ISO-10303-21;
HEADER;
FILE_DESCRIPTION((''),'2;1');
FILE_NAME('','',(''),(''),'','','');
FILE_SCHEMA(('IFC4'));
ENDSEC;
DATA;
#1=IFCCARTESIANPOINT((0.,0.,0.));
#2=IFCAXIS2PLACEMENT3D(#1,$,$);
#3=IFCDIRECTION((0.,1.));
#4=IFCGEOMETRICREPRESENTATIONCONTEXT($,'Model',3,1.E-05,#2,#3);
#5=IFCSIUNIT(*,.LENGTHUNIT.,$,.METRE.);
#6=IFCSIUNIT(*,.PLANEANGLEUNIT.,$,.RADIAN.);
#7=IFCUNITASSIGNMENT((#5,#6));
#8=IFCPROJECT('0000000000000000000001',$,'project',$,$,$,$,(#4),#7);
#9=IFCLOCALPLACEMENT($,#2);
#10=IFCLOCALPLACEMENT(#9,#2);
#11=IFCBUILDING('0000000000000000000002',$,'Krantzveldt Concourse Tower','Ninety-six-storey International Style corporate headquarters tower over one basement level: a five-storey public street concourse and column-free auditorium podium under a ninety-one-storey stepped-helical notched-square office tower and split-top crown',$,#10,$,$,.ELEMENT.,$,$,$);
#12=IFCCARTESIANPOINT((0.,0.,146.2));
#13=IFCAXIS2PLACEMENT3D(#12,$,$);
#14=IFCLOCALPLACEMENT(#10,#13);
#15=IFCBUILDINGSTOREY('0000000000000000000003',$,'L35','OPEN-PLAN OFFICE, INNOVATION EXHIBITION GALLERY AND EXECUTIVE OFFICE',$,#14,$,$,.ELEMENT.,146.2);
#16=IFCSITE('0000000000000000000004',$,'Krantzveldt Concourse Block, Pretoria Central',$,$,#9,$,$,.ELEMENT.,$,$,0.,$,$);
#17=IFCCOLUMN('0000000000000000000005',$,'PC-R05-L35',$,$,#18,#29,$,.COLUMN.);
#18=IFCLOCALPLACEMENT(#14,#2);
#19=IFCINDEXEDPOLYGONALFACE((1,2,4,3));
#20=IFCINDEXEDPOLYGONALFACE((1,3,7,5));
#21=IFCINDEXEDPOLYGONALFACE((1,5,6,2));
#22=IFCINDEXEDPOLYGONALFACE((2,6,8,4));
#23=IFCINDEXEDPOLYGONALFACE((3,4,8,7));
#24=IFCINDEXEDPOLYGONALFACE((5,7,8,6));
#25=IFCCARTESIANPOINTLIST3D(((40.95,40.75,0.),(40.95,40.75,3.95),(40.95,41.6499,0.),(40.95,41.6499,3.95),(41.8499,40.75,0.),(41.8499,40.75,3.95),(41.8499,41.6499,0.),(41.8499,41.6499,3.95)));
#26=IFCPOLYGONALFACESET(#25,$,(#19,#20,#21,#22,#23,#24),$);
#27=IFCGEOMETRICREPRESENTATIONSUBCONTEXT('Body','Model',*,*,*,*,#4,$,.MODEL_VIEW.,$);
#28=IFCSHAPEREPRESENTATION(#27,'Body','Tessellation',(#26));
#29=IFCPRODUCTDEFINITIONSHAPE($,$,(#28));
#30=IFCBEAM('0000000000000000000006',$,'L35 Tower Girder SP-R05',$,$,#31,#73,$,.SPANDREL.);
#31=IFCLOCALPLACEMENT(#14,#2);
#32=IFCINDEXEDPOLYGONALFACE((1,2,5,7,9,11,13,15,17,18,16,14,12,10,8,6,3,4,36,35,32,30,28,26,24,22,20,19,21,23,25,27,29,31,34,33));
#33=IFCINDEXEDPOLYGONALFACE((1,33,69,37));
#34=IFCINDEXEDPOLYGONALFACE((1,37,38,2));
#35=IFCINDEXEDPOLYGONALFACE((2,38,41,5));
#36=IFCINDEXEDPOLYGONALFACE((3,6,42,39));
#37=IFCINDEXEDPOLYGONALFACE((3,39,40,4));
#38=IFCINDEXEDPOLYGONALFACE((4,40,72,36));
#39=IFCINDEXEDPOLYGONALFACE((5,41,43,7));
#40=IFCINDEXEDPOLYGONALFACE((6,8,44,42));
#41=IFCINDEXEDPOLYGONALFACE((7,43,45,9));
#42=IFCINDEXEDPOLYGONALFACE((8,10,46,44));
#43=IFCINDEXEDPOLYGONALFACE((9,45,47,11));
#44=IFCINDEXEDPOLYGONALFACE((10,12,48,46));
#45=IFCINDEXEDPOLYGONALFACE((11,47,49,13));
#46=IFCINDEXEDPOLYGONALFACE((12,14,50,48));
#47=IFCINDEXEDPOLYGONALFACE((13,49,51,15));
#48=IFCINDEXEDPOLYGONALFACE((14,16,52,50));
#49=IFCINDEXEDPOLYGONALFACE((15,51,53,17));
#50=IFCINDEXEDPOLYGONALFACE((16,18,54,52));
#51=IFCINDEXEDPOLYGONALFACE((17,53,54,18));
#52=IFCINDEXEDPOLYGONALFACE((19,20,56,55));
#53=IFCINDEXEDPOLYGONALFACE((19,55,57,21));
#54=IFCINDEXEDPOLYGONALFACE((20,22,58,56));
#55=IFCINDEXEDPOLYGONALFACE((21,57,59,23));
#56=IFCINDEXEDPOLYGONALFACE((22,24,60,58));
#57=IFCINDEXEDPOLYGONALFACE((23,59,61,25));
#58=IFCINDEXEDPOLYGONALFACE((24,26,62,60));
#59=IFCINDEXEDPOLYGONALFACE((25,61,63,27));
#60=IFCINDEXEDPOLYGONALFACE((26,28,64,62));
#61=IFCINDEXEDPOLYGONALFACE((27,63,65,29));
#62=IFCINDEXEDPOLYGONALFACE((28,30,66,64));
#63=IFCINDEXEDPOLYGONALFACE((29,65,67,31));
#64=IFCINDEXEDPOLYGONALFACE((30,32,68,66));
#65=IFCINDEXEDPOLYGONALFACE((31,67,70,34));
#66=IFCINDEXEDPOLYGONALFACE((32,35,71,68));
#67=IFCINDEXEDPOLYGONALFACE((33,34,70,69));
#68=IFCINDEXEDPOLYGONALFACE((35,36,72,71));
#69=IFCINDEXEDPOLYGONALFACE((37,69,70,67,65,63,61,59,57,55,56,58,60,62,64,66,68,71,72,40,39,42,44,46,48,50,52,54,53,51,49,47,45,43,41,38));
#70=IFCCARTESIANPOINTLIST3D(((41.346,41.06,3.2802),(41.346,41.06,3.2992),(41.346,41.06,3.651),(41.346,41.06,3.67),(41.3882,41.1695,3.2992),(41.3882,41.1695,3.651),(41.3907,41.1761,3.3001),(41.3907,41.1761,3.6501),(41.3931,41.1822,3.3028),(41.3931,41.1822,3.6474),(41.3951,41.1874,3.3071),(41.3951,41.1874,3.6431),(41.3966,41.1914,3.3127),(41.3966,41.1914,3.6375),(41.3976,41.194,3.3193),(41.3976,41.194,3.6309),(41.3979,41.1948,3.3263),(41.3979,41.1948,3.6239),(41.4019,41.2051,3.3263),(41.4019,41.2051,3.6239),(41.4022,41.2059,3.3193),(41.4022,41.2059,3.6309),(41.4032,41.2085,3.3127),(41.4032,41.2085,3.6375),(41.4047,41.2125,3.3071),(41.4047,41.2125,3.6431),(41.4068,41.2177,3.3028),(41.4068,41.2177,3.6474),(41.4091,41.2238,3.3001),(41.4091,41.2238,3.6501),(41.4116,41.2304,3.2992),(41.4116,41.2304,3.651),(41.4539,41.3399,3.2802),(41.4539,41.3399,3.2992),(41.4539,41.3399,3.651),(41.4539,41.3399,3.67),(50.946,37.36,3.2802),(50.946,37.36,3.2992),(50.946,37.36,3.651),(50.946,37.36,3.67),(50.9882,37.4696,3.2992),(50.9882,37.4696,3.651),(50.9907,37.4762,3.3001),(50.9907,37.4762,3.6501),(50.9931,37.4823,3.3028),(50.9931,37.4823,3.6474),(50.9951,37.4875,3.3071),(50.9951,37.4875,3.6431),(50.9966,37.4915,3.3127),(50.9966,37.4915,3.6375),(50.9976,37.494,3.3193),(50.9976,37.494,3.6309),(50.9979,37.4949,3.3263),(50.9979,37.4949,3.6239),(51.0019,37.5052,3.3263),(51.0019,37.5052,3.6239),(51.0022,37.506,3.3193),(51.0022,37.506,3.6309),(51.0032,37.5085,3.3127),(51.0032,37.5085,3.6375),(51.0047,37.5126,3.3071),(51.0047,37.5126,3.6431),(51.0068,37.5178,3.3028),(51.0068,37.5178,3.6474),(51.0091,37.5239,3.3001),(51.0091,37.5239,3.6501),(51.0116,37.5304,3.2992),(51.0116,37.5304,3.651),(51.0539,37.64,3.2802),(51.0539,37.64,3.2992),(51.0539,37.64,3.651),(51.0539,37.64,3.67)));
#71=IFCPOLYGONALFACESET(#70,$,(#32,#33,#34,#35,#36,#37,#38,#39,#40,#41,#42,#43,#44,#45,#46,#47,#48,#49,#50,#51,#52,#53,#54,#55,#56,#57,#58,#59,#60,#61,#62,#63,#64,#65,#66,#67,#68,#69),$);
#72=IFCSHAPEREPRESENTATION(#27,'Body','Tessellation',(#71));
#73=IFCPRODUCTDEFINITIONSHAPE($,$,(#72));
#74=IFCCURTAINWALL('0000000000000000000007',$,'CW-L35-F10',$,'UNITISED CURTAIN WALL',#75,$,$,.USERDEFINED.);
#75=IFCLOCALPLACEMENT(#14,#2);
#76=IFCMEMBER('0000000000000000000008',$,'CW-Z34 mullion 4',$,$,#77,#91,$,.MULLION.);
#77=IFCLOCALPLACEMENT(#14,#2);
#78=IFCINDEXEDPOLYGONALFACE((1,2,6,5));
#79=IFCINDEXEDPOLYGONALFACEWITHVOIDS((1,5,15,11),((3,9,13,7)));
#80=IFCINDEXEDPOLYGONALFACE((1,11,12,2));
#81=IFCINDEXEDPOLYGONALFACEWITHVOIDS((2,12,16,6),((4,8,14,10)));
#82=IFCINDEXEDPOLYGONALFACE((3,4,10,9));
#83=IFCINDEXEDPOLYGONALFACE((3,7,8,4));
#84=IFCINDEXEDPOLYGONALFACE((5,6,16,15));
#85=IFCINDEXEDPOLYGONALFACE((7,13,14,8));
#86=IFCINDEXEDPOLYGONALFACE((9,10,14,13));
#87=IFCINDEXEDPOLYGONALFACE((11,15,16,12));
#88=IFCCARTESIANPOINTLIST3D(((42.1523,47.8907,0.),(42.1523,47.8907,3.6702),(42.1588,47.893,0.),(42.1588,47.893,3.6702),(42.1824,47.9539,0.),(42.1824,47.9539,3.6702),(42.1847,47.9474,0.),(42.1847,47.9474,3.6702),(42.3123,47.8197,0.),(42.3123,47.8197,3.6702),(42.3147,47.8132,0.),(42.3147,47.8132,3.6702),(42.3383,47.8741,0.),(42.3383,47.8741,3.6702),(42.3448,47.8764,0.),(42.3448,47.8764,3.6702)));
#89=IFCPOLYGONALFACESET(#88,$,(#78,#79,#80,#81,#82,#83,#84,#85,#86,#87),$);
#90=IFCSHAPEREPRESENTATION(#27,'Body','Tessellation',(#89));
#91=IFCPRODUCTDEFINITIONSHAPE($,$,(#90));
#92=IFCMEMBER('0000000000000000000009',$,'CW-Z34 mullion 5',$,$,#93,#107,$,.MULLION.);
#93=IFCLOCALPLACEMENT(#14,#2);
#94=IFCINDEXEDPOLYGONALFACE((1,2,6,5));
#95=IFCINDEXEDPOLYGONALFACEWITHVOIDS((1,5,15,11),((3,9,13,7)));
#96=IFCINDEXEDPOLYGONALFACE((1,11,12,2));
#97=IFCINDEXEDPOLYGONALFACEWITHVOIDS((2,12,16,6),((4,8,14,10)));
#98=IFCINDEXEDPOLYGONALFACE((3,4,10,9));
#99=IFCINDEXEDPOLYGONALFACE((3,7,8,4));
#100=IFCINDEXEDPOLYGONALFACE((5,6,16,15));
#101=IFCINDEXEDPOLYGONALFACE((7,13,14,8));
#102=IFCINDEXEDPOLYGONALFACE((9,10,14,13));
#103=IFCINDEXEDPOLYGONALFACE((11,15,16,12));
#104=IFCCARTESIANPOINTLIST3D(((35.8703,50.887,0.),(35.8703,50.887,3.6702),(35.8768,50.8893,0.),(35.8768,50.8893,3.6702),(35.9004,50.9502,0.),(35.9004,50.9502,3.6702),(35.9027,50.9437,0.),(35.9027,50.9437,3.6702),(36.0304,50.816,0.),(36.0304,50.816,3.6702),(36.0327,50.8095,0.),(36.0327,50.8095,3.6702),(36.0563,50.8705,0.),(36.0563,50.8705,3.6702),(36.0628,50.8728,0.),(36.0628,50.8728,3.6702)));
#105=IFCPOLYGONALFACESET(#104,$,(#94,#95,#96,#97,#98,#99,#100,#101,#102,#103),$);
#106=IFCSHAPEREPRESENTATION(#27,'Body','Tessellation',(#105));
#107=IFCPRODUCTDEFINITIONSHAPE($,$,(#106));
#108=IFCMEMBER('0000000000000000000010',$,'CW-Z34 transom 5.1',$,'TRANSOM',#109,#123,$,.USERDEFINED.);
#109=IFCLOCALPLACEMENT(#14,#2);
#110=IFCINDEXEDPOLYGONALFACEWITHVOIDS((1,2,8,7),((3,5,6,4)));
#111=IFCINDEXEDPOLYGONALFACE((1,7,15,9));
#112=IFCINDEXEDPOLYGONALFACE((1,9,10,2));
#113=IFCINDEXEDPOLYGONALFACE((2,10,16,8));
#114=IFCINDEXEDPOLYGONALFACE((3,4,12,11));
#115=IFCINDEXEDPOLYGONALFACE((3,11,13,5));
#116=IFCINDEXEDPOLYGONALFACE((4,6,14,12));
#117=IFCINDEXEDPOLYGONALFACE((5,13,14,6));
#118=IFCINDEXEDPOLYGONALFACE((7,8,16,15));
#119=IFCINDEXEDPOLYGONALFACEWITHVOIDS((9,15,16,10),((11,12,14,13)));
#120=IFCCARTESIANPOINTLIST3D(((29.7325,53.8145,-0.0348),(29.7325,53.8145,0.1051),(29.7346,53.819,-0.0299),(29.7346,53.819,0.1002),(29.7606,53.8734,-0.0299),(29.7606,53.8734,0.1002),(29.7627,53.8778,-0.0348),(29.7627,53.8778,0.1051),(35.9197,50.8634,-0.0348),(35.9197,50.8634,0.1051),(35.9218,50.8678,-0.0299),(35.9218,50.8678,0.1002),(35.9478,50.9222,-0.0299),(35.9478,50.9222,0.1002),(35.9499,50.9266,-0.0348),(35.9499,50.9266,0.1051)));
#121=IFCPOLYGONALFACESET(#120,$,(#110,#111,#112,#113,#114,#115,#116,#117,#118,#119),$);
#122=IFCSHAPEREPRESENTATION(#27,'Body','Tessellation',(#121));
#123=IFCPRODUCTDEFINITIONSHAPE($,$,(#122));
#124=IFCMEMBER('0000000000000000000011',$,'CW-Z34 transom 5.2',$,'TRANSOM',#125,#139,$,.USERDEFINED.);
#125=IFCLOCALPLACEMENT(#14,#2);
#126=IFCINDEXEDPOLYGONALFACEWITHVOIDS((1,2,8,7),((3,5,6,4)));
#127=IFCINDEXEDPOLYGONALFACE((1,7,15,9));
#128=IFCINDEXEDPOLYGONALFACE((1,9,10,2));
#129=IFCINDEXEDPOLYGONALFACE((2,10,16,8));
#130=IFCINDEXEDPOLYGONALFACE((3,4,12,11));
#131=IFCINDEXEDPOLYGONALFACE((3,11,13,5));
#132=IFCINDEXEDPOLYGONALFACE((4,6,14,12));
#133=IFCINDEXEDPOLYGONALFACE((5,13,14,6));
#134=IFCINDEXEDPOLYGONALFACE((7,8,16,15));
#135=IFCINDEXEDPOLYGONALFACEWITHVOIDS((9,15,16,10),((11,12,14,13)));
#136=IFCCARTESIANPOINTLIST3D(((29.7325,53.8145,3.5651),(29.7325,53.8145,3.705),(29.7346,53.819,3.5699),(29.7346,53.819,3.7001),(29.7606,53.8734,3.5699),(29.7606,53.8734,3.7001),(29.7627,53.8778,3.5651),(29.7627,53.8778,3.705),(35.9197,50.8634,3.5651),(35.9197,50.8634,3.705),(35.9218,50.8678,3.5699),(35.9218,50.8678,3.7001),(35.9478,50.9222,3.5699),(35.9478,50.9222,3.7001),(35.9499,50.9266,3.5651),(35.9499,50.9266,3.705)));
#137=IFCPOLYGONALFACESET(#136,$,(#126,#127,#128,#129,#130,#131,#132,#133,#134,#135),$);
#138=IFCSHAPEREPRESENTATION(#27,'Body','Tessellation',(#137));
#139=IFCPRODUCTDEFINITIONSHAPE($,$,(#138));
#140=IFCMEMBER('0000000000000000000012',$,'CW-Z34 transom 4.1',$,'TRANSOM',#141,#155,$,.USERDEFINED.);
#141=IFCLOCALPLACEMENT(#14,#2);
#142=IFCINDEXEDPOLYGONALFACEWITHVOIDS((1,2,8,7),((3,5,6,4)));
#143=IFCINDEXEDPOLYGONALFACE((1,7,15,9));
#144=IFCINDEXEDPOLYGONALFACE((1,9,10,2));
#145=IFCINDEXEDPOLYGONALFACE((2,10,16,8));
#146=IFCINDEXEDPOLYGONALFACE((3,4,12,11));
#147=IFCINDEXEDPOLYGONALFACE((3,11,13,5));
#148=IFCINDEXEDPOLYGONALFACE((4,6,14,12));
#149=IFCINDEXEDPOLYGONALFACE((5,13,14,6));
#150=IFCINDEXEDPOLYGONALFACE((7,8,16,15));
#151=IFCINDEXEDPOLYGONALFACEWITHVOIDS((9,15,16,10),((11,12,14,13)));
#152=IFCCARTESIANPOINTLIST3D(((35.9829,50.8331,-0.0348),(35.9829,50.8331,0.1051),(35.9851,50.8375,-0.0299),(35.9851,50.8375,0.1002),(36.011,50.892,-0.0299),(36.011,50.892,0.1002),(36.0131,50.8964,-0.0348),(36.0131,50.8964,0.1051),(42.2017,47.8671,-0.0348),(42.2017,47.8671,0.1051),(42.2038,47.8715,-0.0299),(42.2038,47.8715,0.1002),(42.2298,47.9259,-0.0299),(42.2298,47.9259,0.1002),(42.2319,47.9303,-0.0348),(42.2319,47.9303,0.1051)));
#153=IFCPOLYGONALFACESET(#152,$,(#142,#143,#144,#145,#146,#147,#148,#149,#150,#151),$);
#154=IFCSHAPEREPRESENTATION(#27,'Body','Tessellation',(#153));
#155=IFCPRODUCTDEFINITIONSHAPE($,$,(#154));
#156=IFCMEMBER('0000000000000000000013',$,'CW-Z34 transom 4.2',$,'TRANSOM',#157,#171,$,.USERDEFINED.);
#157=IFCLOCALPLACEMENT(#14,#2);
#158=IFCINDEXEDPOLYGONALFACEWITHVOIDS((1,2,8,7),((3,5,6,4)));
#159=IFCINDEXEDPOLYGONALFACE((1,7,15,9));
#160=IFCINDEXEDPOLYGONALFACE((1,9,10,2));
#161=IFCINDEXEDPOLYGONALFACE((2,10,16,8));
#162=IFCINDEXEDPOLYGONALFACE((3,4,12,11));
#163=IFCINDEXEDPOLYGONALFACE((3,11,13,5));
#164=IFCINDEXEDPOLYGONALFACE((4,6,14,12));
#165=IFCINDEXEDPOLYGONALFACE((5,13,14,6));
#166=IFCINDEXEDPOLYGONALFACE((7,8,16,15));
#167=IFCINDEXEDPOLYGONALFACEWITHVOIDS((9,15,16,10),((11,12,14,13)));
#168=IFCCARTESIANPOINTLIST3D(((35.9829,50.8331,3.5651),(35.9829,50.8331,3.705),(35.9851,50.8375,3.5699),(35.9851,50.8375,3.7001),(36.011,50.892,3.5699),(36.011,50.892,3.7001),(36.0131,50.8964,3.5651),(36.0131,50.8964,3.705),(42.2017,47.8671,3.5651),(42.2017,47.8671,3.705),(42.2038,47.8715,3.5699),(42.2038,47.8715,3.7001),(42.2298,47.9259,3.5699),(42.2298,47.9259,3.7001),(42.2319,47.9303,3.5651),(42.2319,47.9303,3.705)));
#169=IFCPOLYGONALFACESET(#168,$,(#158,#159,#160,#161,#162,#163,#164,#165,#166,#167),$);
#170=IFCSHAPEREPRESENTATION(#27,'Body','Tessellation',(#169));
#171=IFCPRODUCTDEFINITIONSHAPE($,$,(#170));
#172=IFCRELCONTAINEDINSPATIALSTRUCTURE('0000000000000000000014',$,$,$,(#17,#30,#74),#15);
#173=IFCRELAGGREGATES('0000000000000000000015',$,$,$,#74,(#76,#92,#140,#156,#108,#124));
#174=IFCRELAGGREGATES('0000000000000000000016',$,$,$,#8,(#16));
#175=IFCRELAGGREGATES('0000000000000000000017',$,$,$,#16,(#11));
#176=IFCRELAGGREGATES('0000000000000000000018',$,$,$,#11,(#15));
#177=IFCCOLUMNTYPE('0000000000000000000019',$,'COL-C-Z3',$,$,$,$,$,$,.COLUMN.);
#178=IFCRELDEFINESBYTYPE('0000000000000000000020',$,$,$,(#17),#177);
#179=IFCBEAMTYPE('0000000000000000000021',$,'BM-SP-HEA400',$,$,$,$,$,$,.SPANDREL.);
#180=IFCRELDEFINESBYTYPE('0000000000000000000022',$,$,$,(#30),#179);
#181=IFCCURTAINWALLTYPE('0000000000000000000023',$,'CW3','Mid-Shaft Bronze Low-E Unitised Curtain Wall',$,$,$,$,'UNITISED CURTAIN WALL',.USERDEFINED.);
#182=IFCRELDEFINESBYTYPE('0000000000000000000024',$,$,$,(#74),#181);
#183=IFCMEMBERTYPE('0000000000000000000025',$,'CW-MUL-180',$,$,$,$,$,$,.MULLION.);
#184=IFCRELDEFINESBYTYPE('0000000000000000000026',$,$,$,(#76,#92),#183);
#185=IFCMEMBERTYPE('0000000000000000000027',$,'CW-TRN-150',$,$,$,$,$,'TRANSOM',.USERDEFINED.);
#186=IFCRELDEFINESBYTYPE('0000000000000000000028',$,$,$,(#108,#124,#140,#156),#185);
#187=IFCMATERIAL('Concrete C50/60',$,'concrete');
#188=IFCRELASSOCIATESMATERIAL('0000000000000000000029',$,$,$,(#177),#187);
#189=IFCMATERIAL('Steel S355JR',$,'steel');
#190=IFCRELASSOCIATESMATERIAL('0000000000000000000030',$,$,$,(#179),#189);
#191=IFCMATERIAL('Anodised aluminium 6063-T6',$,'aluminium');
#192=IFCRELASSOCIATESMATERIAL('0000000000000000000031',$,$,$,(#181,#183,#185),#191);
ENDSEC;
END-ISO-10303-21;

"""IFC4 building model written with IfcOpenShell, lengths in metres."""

from ifc_helpers import new_model, si_unit, direction, frame, origin, origin_2d, place, context, subcontext, project, spatial, rectangle, hollow_rectangle, i_section, extrude, source, transform, mapped, material, material_profile, profile_set, type_object, type_shapes, element, aggregate, save


model = new_model("IFC4")

# Units and contexts
model_context = context("Model", 3, precision=1e-05, world=origin(), true_north=direction((0.0, 1.0)))
body_context = subcontext(model_context, "Body", "Model", "MODEL_VIEW")
ifc_project = project(units=[si_unit("LENGTHUNIT", "METRE"), si_unit("PLANEANGLEUNIT", "RADIAN")], contexts=[model_context])

# Site, building, storey
site_placement = place(None, origin())
site = spatial("IfcSite", under=ifc_project, at=site_placement, Name="Krantzveldt Concourse Block, Pretoria Central", CompositionType="ELEMENT", RefElevation=0.0)
building_placement = place(site_placement, origin())
building = spatial("IfcBuilding", under=site, at=building_placement, Name="Krantzveldt Concourse Tower", Description="Ninety-six-storey International Style corporate headquarters tower over one basement level: a five-storey public street concourse and column-free auditorium podium under a ninety-one-storey stepped-helical notched-square office tower and split-top crown", CompositionType="ELEMENT")
storey_placement = place(building_placement, frame((0.0, 0.0, 146.2)))
storey = spatial("IfcBuildingStorey", under=building, at=storey_placement, Name="L35", Description="OPEN-PLAN OFFICE, INNOVATION EXHIBITION GALLERY AND EXECUTIVE OFFICE", CompositionType="ELEMENT", Elevation=146.2)

# Column
ifc_material_1 = material(Name="Concrete C50/60", Category="concrete")
ifc_material_profile_1 = material_profile(ifc_material_1, rectangle(XDim=0.8999, YDim=0.8999, at=origin_2d()), Name="Concrete C50/60", Category="concrete")
ifc_profile_set_1 = profile_set([ifc_material_profile_1], Name="Concrete C50/60 - RC 900x900")
column_type = type_object("IfcColumnType", Name="COL-C-Z3", PredefinedType="COLUMN", material=ifc_profile_set_1)
shared_shape_1 = source(origin(), body_context, "Body", "SweptSolid", [
    extrude(rectangle(XDim=0.8999, YDim=0.8999, at=origin_2d()), origin(), (0.0, 0.0, 1.0), 3.95),
])
type_shapes(column_type, [shared_shape_1])
column_placement = place(storey_placement, frame((41.3999, 41.2, 0.0), z_axis=(0.0, 0.0, 1.0), x_axis=(1.0, 0.0, 0.0)))
element("IfcColumn", 1, at=column_placement, inside=storey, type_object=column_type, Name="PC-R05-L35", PredefinedType="COLUMN", context=body_context, shape_type="MappedRepresentation", body=[
    mapped(shared_shape_1, transform((0.0, 0.0, 0.0), x_axis=(1.0, 0.0, 0.0), y_axis=(0.0, 1.0, 0.0), z_axis=(0.0, 0.0, 1.0), scale=1.0)),
])

# Beam
ifc_material_2 = material(Name="Steel S355JR", Category="steel")
ifc_material_profile_2 = material_profile(ifc_material_2, i_section(OverallWidth=0.3, OverallDepth=0.3899, WebThickness=0.011, FlangeThickness=0.019, FilletRadius=0.0271, at=origin_2d()), Name="Steel S355JR", Category="steel")
ifc_profile_set_2 = profile_set([ifc_material_profile_2], Name="Steel S355JR - HEA 400")
beam_type = type_object("IfcBeamType", Name="BM-SP-HEA400", PredefinedType="SPANDREL", material=ifc_profile_set_2)
shared_shape_2 = source(origin(), body_context, "Body", "SweptSolid", [
    extrude(i_section(OverallWidth=0.3, OverallDepth=0.3899, WebThickness=0.011, FlangeThickness=0.019, FilletRadius=0.0271, at=origin_2d()), origin(), (0.0, 0.0, 1.0), 10.2883),
])
type_shapes(beam_type, [shared_shape_2])
beam_placement = place(storey_placement, frame((41.3999, 41.2, 3.4751), z_axis=(0.933098, -0.359623, 0.0), x_axis=(0.359623, 0.933098, 0.0)))
element("IfcBeam", 2, at=beam_placement, inside=storey, type_object=beam_type, Name="L35 Tower Girder SP-R05", PredefinedType="SPANDREL", context=body_context, shape_type="MappedRepresentation", body=[
    mapped(shared_shape_2, transform((0.0, 0.0, 0.0), x_axis=(1.0, 0.0, 0.0), y_axis=(0.0, 1.0, 0.0), z_axis=(0.0, 0.0, 1.0), scale=1.0)),
])

# Curtain wall, members
ifc_material_3 = material(Name="Anodised aluminium 6063-T6", Category="aluminium")
curtain_wall_type = type_object("IfcCurtainWallType", Name="CW3", Description="Mid-Shaft Bronze Low-E Unitised Curtain Wall", ElementType="UNITISED CURTAIN WALL", PredefinedType="USERDEFINED", material=ifc_material_3)
curtain_wall_placement = place(storey_placement, origin())
curtain_wall = element("IfcCurtainWall", 3, at=curtain_wall_placement, inside=storey, type_object=curtain_wall_type, Name="CW-L35-F10", ObjectType="UNITISED CURTAIN WALL", PredefinedType="USERDEFINED")
ifc_material_profile_3 = material_profile(ifc_material_3, hollow_rectangle(XDim=0.0701, YDim=0.1799, WallThickness=0.0049, at=origin_2d()), Name="Anodised aluminium 6063-T6", Category="aluminium")
ifc_profile_set_3 = profile_set([ifc_material_profile_3], Name="Anodised aluminium 6063-T6 - ALU-MULL 180x70x5")
member_type_1 = type_object("IfcMemberType", Name="CW-MUL-180", PredefinedType="MULLION", material=ifc_profile_set_3)
shared_shape_3 = source(origin(), body_context, "Body", "SweptSolid", [
    extrude(hollow_rectangle(XDim=0.0701, YDim=0.1799, WallThickness=0.0049, at=origin_2d()), origin(), (0.0, 0.0, 1.0), 3.6702),
])
type_shapes(member_type_1, [shared_shape_3])
member_1_placement = place(storey_placement, frame((42.2485, 47.8835, 0.0), z_axis=(0.0, 0.0, 1.0), x_axis=(-0.430511, -0.902585, 0.0)))
member_1 = element("IfcMember", 4, at=member_1_placement, type_object=member_type_1, Name="CW-Z34 mullion 4", PredefinedType="MULLION", context=body_context, shape_type="MappedRepresentation", body=[
    mapped(shared_shape_3, transform((0.0, 0.0, 0.0), x_axis=(1.0, 0.0, 0.0), y_axis=(0.0, 1.0, 0.0), z_axis=(0.0, 0.0, 1.0), scale=1.0)),
])
member_2_placement = place(storey_placement, frame((35.9666, 50.8799, 0.0), z_axis=(0.0, 0.0, 1.0), x_axis=(-0.430511, -0.902585, 0.0)))
member_2 = element("IfcMember", 5, at=member_2_placement, type_object=member_type_1, Name="CW-Z34 mullion 5", PredefinedType="MULLION", context=body_context, shape_type="MappedRepresentation", body=[
    mapped(shared_shape_3, transform((0.0, 0.0, 0.0), x_axis=(1.0, 0.0, 0.0), y_axis=(0.0, 1.0, 0.0), z_axis=(0.0, 0.0, 1.0), scale=1.0)),
])
ifc_material_profile_4 = material_profile(ifc_material_3, hollow_rectangle(XDim=0.0701, YDim=0.1399, WallThickness=0.0049, at=origin_2d()), Name="Anodised aluminium 6063-T6", Category="aluminium")
ifc_profile_set_4 = profile_set([ifc_material_profile_4], Name="Anodised aluminium 6063-T6 - ALU-TRAN 140x70x5")
member_type_2 = type_object("IfcMemberType", Name="CW-TRN-150", ElementType="TRANSOM", PredefinedType="USERDEFINED", material=ifc_profile_set_4)
shared_shape_4 = source(origin(), body_context, "Body", "SweptSolid", [
    extrude(hollow_rectangle(XDim=0.0701, YDim=0.1399, WallThickness=0.0049, at=origin_2d()), origin(), (0.0, 0.0, 1.0), 6.855),
])
member_3_placement = place(storey_placement, frame((35.9348, 50.895, 0.0352), z_axis=(-0.902585, 0.430511, 0.0), x_axis=(-0.430511, -0.902585, 0.0)))
member_3 = element("IfcMember", 6, at=member_3_placement, type_object=member_type_2, Name="CW-Z34 transom 5.1", ObjectType="TRANSOM", PredefinedType="USERDEFINED", context=body_context, shape_type="MappedRepresentation", body=[
    mapped(shared_shape_4, transform((0.0, 0.0, 0.0), x_axis=(1.0, 0.0, 0.0), y_axis=(0.0, 1.0, 0.0), z_axis=(0.0, 0.0, 1.0), scale=1.0)),
])
member_4_placement = place(storey_placement, frame((35.9348, 50.895, 3.635), z_axis=(-0.902585, 0.430511, 0.0), x_axis=(-0.430511, -0.902585, 0.0)))
member_4 = element("IfcMember", 7, at=member_4_placement, type_object=member_type_2, Name="CW-Z34 transom 5.2", ObjectType="TRANSOM", PredefinedType="USERDEFINED", context=body_context, shape_type="MappedRepresentation", body=[
    mapped(shared_shape_4, transform((0.0, 0.0, 0.0), x_axis=(1.0, 0.0, 0.0), y_axis=(0.0, 1.0, 0.0), z_axis=(0.0, 0.0, 1.0), scale=1.0)),
])
shared_shape_5 = source(origin(), body_context, "Body", "SweptSolid", [
    extrude(hollow_rectangle(XDim=0.0701, YDim=0.1399, WallThickness=0.0049, at=origin_2d()), origin(), (0.0, 0.0, 1.0), 6.8899),
])
type_shapes(member_type_2, [shared_shape_4, shared_shape_5])
member_5_placement = place(storey_placement, frame((42.2168, 47.8987, 0.0352), z_axis=(-0.902592, 0.430496, 0.0), x_axis=(-0.430496, -0.902592, 0.0)))
member_5 = element("IfcMember", 8, at=member_5_placement, type_object=member_type_2, Name="CW-Z34 transom 4.1", ObjectType="TRANSOM", PredefinedType="USERDEFINED", context=body_context, shape_type="MappedRepresentation", body=[
    mapped(shared_shape_5, transform((0.0, 0.0, 0.0), x_axis=(1.0, 0.0, 0.0), y_axis=(0.0, 1.0, 0.0), z_axis=(0.0, 0.0, 1.0), scale=1.0)),
])
member_6_placement = place(storey_placement, frame((42.2168, 47.8987, 3.635), z_axis=(-0.902592, 0.430496, 0.0), x_axis=(-0.430496, -0.902592, 0.0)))
member_6 = element("IfcMember", 9, at=member_6_placement, type_object=member_type_2, Name="CW-Z34 transom 4.2", ObjectType="TRANSOM", PredefinedType="USERDEFINED", context=body_context, shape_type="MappedRepresentation", body=[
    mapped(shared_shape_5, transform((0.0, 0.0, 0.0), x_axis=(1.0, 0.0, 0.0), y_axis=(0.0, 1.0, 0.0), z_axis=(0.0, 0.0, 1.0), scale=1.0)),
])
aggregate(curtain_wall, [member_1, member_2, member_5, member_6, member_3, member_4])

save(model, "model.ifc")
